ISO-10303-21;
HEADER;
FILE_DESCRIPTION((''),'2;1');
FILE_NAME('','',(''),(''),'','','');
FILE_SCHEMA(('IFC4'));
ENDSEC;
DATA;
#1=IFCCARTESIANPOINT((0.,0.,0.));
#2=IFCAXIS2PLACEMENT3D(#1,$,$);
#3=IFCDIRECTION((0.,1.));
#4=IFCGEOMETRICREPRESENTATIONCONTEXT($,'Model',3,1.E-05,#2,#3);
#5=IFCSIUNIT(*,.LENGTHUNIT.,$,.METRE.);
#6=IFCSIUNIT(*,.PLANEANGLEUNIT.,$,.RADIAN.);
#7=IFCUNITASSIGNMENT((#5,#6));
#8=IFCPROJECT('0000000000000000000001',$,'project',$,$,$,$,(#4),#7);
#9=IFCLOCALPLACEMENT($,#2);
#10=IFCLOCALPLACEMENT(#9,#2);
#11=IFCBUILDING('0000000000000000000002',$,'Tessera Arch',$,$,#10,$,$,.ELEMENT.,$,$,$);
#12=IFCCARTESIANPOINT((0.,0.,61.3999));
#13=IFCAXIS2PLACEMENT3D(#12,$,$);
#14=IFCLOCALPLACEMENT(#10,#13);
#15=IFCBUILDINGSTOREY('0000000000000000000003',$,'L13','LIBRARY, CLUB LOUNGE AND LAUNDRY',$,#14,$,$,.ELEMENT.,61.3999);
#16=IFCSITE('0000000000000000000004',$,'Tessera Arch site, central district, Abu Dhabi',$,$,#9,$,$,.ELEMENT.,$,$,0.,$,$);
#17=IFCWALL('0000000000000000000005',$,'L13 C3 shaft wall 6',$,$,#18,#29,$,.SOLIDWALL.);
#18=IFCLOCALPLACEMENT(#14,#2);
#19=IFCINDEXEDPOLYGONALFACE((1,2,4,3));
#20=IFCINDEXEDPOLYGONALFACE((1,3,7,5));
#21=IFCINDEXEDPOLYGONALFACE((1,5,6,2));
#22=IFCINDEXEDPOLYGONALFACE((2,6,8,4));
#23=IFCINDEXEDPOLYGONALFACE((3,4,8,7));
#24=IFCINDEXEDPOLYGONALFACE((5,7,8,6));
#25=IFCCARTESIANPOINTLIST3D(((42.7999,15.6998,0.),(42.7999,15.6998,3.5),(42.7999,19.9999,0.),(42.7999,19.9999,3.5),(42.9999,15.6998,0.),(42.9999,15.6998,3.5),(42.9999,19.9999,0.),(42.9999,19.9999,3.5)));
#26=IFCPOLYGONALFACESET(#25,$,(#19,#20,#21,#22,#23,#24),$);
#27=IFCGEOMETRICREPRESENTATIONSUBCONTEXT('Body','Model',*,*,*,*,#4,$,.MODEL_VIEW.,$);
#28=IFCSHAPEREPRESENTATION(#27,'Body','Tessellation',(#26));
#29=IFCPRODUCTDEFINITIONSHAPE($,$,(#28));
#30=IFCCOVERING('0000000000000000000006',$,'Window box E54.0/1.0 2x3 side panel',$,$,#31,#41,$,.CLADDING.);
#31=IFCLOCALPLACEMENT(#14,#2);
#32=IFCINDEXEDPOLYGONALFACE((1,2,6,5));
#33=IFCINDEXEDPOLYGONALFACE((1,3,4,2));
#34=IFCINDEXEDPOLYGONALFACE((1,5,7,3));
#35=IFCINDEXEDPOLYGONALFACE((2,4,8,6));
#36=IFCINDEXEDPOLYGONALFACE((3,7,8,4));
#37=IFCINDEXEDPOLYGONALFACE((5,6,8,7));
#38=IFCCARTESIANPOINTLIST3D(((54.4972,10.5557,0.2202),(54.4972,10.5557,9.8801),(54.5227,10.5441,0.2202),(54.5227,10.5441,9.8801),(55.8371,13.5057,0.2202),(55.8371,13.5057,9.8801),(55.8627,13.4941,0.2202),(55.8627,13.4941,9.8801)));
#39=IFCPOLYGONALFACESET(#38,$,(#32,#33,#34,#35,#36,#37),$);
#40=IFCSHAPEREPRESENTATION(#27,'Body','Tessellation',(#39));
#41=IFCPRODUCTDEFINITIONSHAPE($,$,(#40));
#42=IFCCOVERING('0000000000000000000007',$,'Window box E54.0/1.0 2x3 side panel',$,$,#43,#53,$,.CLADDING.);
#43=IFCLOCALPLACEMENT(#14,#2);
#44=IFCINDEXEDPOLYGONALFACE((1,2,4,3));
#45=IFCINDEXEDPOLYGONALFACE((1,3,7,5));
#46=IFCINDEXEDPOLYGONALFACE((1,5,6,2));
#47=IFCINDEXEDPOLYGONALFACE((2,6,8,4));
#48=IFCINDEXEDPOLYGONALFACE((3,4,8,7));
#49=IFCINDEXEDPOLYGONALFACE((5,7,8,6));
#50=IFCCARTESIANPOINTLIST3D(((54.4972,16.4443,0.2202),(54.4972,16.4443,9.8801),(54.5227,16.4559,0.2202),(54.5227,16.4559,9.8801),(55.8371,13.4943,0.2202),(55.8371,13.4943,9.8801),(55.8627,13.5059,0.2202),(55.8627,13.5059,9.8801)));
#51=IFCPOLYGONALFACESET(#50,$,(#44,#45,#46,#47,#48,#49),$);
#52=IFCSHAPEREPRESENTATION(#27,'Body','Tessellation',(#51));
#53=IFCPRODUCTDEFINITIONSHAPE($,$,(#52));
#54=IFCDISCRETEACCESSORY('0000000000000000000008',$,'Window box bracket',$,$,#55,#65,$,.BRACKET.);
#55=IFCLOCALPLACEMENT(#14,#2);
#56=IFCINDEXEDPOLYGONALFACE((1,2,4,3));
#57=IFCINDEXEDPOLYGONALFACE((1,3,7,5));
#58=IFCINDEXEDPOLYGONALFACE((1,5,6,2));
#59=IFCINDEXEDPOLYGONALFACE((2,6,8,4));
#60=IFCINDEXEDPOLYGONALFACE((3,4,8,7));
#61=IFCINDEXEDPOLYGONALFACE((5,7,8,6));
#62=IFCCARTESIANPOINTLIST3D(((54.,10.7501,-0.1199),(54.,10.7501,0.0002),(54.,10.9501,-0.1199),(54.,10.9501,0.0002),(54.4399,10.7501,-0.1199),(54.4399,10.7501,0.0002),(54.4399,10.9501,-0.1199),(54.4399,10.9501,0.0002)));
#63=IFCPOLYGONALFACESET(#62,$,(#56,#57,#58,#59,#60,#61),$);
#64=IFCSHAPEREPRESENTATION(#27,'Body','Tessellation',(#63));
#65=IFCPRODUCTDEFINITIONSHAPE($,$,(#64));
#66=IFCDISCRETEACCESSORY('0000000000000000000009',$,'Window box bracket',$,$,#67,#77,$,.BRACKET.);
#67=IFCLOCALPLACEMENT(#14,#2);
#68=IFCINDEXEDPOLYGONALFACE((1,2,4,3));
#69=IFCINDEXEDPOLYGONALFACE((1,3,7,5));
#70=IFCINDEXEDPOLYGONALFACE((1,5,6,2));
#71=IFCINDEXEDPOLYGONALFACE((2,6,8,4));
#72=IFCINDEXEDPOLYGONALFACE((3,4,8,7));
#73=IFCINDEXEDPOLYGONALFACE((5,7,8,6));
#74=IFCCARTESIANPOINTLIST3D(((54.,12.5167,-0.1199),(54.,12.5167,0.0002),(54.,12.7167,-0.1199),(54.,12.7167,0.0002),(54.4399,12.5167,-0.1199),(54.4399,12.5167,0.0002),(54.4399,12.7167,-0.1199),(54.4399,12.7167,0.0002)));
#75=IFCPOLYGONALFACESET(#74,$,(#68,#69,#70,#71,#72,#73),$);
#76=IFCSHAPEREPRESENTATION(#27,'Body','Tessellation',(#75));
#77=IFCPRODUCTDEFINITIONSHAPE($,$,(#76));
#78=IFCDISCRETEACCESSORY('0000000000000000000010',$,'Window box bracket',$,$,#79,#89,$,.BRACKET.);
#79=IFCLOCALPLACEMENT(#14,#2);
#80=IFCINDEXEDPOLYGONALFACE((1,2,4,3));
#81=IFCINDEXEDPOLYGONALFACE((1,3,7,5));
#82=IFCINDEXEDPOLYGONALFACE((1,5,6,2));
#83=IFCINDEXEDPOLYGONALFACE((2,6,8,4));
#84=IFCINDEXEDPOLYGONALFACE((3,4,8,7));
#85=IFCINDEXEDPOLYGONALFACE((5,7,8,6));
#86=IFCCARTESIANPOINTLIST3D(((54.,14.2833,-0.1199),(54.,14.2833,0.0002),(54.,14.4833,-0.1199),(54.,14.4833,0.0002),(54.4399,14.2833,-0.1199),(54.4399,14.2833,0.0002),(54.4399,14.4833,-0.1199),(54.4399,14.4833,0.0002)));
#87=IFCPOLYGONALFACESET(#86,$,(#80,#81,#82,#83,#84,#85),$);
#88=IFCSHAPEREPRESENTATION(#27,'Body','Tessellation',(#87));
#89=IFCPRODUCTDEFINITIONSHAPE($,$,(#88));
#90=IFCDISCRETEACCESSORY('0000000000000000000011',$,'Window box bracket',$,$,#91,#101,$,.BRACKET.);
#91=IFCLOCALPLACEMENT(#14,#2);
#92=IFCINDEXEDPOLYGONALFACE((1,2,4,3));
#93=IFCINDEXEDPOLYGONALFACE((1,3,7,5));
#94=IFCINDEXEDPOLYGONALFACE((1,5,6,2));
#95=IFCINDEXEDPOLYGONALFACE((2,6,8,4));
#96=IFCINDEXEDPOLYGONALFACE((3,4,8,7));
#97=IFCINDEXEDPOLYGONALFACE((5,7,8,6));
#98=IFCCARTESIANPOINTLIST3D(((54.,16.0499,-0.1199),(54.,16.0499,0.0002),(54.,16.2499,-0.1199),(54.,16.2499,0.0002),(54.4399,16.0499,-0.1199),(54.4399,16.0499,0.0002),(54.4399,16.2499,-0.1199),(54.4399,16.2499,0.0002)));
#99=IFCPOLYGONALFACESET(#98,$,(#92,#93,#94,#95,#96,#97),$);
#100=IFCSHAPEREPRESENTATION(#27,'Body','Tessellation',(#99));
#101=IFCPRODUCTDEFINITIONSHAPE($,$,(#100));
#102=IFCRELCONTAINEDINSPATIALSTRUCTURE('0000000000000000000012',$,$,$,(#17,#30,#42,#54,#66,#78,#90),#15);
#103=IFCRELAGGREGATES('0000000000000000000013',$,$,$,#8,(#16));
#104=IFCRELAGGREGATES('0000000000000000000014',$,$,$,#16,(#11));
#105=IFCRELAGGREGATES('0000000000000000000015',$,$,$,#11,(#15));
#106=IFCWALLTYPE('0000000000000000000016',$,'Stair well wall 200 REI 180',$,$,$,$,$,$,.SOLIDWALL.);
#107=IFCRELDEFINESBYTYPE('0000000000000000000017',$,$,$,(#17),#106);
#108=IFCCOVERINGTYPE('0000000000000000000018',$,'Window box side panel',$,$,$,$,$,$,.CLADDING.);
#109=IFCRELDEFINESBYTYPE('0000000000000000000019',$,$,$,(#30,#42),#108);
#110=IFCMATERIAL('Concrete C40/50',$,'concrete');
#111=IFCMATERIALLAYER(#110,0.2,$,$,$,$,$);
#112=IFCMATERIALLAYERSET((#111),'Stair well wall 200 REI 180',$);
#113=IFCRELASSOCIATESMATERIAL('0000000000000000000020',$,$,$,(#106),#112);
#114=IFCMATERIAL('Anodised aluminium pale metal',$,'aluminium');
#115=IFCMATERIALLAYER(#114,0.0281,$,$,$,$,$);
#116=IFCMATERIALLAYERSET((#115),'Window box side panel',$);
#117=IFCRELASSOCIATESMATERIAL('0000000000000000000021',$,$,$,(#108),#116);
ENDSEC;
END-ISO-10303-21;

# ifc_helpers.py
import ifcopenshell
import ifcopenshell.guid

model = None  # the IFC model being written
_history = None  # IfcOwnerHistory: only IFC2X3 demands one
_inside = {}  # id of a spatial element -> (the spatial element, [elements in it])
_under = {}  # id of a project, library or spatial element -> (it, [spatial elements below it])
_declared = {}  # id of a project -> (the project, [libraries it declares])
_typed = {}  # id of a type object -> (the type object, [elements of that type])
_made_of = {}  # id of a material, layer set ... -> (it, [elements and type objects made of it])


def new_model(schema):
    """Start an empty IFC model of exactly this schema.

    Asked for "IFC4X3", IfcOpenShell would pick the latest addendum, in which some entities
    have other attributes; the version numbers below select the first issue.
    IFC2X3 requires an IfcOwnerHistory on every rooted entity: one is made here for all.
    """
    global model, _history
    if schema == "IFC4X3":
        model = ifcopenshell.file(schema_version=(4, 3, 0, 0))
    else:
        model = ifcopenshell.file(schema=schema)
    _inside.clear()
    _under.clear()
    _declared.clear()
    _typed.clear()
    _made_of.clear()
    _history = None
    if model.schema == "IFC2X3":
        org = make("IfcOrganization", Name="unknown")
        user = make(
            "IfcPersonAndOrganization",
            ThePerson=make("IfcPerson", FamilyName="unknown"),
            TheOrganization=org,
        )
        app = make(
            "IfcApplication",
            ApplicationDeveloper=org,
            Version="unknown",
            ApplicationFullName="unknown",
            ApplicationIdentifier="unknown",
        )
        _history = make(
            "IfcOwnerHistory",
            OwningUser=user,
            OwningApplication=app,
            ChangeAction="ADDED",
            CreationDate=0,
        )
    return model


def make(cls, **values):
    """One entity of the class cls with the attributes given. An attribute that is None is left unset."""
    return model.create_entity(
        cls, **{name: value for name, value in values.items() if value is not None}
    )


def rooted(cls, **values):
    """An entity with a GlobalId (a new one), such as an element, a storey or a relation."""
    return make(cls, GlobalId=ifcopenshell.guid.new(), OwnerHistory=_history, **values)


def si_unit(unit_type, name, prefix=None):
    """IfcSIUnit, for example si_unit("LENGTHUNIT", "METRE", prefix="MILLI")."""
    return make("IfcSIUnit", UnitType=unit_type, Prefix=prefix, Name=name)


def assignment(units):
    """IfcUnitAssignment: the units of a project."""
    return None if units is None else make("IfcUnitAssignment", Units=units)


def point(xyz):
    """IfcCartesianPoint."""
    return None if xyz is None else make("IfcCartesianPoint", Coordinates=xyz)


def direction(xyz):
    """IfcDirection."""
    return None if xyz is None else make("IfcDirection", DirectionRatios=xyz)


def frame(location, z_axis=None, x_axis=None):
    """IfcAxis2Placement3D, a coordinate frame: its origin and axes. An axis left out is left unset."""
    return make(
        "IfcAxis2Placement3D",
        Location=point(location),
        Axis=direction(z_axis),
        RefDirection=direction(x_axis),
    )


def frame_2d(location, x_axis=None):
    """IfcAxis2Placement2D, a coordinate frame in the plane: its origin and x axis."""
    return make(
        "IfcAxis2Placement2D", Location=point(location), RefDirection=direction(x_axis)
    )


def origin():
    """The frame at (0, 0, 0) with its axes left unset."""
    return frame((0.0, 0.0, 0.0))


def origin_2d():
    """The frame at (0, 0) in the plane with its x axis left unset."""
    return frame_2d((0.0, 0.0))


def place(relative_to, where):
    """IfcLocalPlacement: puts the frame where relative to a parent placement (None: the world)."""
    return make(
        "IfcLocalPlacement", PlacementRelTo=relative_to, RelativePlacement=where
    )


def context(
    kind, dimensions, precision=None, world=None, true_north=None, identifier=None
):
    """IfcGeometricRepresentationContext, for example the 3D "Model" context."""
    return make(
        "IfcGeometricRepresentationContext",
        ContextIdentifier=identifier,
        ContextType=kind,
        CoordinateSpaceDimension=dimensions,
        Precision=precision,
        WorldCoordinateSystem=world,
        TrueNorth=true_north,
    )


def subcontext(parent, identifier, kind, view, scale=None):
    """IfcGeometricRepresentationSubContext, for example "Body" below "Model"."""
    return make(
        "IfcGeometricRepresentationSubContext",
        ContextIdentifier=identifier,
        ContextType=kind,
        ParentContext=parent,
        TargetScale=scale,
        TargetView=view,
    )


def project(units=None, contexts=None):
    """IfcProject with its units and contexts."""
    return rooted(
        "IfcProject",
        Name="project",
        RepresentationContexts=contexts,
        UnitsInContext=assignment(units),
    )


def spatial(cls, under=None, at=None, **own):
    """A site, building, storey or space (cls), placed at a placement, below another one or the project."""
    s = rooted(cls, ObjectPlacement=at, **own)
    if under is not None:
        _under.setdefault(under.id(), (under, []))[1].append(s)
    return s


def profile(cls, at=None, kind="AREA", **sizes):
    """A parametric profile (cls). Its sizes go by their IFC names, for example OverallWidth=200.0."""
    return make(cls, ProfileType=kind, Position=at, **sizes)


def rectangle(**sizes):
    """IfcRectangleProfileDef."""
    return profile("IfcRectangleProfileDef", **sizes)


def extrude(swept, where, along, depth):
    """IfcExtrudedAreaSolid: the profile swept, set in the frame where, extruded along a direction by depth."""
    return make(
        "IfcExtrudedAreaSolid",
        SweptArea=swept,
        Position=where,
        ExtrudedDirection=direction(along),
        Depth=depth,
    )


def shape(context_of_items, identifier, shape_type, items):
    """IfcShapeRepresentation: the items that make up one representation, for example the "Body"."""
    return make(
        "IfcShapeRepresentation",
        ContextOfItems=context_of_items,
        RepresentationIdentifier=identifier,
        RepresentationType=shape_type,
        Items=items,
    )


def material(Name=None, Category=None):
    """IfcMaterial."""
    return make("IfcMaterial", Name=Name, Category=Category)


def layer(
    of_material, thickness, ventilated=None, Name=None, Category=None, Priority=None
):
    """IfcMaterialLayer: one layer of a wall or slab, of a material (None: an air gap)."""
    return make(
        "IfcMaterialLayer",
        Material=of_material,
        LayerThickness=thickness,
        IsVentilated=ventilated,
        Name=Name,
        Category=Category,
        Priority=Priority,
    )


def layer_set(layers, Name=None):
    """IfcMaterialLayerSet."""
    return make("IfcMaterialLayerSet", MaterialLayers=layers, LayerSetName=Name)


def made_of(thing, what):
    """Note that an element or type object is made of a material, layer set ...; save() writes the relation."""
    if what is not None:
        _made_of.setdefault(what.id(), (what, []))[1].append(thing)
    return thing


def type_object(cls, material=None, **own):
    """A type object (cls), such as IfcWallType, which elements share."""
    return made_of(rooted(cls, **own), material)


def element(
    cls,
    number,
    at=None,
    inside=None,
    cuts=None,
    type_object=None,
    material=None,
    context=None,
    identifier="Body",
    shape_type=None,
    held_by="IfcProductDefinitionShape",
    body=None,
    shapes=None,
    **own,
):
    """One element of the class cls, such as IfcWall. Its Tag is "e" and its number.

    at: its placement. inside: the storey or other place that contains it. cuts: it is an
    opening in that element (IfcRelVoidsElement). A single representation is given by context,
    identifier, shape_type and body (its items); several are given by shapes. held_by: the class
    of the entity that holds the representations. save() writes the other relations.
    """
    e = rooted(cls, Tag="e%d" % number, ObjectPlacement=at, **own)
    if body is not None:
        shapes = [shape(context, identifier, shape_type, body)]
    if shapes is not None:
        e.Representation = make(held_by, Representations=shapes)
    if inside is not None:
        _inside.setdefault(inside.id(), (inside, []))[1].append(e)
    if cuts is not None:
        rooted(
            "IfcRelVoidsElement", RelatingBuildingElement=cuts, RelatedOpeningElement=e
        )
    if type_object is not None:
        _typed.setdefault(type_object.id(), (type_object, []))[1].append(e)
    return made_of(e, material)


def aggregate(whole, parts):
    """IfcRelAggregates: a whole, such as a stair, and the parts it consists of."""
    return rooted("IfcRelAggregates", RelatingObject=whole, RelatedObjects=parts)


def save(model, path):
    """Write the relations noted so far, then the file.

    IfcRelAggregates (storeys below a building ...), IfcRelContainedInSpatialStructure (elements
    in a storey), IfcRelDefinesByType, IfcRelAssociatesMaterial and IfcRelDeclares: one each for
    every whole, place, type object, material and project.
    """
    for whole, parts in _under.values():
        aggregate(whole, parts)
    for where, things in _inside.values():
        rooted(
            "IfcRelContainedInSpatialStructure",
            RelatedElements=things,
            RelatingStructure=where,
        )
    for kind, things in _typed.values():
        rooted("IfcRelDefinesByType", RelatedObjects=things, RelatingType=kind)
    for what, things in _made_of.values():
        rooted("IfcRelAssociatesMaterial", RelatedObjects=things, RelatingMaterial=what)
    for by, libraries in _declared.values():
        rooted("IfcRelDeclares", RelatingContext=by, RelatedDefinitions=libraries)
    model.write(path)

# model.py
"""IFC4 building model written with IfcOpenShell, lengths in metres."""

from ifc_helpers import new_model, si_unit, direction, frame, frame_2d, origin, origin_2d, place, context, subcontext, project, spatial, rectangle, extrude, material, layer, layer_set, type_object, element, save


model = new_model("IFC4")

# Units and contexts
model_context = context("Model", 3, precision=1e-05, world=origin(), true_north=direction((0.0, 1.0)))
body_context = subcontext(model_context, "Body", "Model", "MODEL_VIEW")
ifc_project = project(units=[si_unit("LENGTHUNIT", "METRE"), si_unit("PLANEANGLEUNIT", "RADIAN")], contexts=[model_context])

# Site, building, storey
site_placement = place(None, origin())
site = spatial("IfcSite", under=ifc_project, at=site_placement, Name="Tessera Arch site, central district, Abu Dhabi", CompositionType="ELEMENT", RefElevation=0.0)
building_placement = place(site_placement, origin())
building = spatial("IfcBuilding", under=site, at=building_placement, Name="Tessera Arch", CompositionType="ELEMENT")
storey_placement = place(building_placement, frame((0.0, 0.0, 61.3999)))
storey = spatial("IfcBuildingStorey", under=building, at=storey_placement, Name="L13", Description="LIBRARY, CLUB LOUNGE AND LAUNDRY", CompositionType="ELEMENT", Elevation=61.3999)

# Wall
ifc_material_1 = material(Name="Concrete C40/50", Category="concrete")
ifc_layer_1 = layer(ifc_material_1, 0.2)
ifc_layer_set_1 = layer_set([ifc_layer_1], Name="Stair well wall 200 REI 180")
wall_type_1 = type_object("IfcWallType", Name="Stair well wall 200 REI 180", PredefinedType="SOLIDWALL", material=ifc_layer_set_1)
wall_1_placement = place(storey_placement, frame((42.8999, 15.7, 0.0), z_axis=(0.0, 0.0, 1.0), x_axis=(0.0, 1.0, 0.0)))
element("IfcWall", 1, at=wall_1_placement, inside=storey, type_object=wall_type_1, Name="L13 C3 shaft wall 6", PredefinedType="SOLIDWALL", context=body_context, shape_type="SweptSolid", body=[
    extrude(rectangle(XDim=4.3, YDim=0.2, at=frame_2d((2.1499, 0.0))), origin(), (0.0, 0.0, 1.0), 3.5),
])

# Coverings
ifc_material_2 = material(Name="Anodised aluminium pale metal", Category="aluminium")
ifc_layer_2 = layer(ifc_material_2, 0.0281)
ifc_layer_set_2 = layer_set([ifc_layer_2], Name="Window box side panel")
covering_type = type_object("IfcCoveringType", Name="Window box side panel", PredefinedType="CLADDING", material=ifc_layer_set_2)
for number, where, z_axis, x_axis, name in (
    (2, (55.1799, 12.0249, 0.2202), (0.0, 0.0, 1.0), (0.41357, 0.910472, 0.0), "Window box E54.0/1.0 2x3 side panel"),
    (3, (55.1799, 14.9751, 0.2202), (0.0, 0.0, 1.0), (0.41357, -0.910472, 0.0), "Window box E54.0/1.0 2x3 side panel"),
):
    element("IfcCovering", number, at=place(storey_placement, frame(where, z_axis=z_axis, x_axis=x_axis)), inside=storey, type_object=covering_type, Name=name, PredefinedType="CLADDING", context=body_context, shape_type="SweptSolid", body=[
        extrude(rectangle(XDim=3.24, YDim=0.0281, at=origin_2d()), origin(), (0.0, 0.0, 1.0), 9.6599),
    ])

# Discrete accessories
for number, where, z_axis, x_axis, name in (
    (4, (54.22, 10.8501, -0.1199), (0.0, 0.0, 1.0), (1.0, 0.0, 0.0), "Window box bracket"),
    (5, (54.22, 12.6167, -0.1199), (0.0, 0.0, 1.0), (1.0, 0.0, 0.0), "Window box bracket"),
    (6, (54.22, 14.3833, -0.1199), (0.0, 0.0, 1.0), (1.0, 0.0, 0.0), "Window box bracket"),
    (7, (54.22, 16.1499, -0.1199), (0.0, 0.0, 1.0), (1.0, 0.0, 0.0), "Window box bracket"),
):
    element("IfcDiscreteAccessory", number, at=place(storey_placement, frame(where, z_axis=z_axis, x_axis=x_axis)), inside=storey, Name=name, PredefinedType="BRACKET", context=body_context, shape_type="SweptSolid", body=[
        extrude(rectangle(XDim=0.4399, YDim=0.2, at=origin_2d()), origin(), (0.0, 0.0, 1.0), 0.1201),
    ])

save(model, "model.ifc")
